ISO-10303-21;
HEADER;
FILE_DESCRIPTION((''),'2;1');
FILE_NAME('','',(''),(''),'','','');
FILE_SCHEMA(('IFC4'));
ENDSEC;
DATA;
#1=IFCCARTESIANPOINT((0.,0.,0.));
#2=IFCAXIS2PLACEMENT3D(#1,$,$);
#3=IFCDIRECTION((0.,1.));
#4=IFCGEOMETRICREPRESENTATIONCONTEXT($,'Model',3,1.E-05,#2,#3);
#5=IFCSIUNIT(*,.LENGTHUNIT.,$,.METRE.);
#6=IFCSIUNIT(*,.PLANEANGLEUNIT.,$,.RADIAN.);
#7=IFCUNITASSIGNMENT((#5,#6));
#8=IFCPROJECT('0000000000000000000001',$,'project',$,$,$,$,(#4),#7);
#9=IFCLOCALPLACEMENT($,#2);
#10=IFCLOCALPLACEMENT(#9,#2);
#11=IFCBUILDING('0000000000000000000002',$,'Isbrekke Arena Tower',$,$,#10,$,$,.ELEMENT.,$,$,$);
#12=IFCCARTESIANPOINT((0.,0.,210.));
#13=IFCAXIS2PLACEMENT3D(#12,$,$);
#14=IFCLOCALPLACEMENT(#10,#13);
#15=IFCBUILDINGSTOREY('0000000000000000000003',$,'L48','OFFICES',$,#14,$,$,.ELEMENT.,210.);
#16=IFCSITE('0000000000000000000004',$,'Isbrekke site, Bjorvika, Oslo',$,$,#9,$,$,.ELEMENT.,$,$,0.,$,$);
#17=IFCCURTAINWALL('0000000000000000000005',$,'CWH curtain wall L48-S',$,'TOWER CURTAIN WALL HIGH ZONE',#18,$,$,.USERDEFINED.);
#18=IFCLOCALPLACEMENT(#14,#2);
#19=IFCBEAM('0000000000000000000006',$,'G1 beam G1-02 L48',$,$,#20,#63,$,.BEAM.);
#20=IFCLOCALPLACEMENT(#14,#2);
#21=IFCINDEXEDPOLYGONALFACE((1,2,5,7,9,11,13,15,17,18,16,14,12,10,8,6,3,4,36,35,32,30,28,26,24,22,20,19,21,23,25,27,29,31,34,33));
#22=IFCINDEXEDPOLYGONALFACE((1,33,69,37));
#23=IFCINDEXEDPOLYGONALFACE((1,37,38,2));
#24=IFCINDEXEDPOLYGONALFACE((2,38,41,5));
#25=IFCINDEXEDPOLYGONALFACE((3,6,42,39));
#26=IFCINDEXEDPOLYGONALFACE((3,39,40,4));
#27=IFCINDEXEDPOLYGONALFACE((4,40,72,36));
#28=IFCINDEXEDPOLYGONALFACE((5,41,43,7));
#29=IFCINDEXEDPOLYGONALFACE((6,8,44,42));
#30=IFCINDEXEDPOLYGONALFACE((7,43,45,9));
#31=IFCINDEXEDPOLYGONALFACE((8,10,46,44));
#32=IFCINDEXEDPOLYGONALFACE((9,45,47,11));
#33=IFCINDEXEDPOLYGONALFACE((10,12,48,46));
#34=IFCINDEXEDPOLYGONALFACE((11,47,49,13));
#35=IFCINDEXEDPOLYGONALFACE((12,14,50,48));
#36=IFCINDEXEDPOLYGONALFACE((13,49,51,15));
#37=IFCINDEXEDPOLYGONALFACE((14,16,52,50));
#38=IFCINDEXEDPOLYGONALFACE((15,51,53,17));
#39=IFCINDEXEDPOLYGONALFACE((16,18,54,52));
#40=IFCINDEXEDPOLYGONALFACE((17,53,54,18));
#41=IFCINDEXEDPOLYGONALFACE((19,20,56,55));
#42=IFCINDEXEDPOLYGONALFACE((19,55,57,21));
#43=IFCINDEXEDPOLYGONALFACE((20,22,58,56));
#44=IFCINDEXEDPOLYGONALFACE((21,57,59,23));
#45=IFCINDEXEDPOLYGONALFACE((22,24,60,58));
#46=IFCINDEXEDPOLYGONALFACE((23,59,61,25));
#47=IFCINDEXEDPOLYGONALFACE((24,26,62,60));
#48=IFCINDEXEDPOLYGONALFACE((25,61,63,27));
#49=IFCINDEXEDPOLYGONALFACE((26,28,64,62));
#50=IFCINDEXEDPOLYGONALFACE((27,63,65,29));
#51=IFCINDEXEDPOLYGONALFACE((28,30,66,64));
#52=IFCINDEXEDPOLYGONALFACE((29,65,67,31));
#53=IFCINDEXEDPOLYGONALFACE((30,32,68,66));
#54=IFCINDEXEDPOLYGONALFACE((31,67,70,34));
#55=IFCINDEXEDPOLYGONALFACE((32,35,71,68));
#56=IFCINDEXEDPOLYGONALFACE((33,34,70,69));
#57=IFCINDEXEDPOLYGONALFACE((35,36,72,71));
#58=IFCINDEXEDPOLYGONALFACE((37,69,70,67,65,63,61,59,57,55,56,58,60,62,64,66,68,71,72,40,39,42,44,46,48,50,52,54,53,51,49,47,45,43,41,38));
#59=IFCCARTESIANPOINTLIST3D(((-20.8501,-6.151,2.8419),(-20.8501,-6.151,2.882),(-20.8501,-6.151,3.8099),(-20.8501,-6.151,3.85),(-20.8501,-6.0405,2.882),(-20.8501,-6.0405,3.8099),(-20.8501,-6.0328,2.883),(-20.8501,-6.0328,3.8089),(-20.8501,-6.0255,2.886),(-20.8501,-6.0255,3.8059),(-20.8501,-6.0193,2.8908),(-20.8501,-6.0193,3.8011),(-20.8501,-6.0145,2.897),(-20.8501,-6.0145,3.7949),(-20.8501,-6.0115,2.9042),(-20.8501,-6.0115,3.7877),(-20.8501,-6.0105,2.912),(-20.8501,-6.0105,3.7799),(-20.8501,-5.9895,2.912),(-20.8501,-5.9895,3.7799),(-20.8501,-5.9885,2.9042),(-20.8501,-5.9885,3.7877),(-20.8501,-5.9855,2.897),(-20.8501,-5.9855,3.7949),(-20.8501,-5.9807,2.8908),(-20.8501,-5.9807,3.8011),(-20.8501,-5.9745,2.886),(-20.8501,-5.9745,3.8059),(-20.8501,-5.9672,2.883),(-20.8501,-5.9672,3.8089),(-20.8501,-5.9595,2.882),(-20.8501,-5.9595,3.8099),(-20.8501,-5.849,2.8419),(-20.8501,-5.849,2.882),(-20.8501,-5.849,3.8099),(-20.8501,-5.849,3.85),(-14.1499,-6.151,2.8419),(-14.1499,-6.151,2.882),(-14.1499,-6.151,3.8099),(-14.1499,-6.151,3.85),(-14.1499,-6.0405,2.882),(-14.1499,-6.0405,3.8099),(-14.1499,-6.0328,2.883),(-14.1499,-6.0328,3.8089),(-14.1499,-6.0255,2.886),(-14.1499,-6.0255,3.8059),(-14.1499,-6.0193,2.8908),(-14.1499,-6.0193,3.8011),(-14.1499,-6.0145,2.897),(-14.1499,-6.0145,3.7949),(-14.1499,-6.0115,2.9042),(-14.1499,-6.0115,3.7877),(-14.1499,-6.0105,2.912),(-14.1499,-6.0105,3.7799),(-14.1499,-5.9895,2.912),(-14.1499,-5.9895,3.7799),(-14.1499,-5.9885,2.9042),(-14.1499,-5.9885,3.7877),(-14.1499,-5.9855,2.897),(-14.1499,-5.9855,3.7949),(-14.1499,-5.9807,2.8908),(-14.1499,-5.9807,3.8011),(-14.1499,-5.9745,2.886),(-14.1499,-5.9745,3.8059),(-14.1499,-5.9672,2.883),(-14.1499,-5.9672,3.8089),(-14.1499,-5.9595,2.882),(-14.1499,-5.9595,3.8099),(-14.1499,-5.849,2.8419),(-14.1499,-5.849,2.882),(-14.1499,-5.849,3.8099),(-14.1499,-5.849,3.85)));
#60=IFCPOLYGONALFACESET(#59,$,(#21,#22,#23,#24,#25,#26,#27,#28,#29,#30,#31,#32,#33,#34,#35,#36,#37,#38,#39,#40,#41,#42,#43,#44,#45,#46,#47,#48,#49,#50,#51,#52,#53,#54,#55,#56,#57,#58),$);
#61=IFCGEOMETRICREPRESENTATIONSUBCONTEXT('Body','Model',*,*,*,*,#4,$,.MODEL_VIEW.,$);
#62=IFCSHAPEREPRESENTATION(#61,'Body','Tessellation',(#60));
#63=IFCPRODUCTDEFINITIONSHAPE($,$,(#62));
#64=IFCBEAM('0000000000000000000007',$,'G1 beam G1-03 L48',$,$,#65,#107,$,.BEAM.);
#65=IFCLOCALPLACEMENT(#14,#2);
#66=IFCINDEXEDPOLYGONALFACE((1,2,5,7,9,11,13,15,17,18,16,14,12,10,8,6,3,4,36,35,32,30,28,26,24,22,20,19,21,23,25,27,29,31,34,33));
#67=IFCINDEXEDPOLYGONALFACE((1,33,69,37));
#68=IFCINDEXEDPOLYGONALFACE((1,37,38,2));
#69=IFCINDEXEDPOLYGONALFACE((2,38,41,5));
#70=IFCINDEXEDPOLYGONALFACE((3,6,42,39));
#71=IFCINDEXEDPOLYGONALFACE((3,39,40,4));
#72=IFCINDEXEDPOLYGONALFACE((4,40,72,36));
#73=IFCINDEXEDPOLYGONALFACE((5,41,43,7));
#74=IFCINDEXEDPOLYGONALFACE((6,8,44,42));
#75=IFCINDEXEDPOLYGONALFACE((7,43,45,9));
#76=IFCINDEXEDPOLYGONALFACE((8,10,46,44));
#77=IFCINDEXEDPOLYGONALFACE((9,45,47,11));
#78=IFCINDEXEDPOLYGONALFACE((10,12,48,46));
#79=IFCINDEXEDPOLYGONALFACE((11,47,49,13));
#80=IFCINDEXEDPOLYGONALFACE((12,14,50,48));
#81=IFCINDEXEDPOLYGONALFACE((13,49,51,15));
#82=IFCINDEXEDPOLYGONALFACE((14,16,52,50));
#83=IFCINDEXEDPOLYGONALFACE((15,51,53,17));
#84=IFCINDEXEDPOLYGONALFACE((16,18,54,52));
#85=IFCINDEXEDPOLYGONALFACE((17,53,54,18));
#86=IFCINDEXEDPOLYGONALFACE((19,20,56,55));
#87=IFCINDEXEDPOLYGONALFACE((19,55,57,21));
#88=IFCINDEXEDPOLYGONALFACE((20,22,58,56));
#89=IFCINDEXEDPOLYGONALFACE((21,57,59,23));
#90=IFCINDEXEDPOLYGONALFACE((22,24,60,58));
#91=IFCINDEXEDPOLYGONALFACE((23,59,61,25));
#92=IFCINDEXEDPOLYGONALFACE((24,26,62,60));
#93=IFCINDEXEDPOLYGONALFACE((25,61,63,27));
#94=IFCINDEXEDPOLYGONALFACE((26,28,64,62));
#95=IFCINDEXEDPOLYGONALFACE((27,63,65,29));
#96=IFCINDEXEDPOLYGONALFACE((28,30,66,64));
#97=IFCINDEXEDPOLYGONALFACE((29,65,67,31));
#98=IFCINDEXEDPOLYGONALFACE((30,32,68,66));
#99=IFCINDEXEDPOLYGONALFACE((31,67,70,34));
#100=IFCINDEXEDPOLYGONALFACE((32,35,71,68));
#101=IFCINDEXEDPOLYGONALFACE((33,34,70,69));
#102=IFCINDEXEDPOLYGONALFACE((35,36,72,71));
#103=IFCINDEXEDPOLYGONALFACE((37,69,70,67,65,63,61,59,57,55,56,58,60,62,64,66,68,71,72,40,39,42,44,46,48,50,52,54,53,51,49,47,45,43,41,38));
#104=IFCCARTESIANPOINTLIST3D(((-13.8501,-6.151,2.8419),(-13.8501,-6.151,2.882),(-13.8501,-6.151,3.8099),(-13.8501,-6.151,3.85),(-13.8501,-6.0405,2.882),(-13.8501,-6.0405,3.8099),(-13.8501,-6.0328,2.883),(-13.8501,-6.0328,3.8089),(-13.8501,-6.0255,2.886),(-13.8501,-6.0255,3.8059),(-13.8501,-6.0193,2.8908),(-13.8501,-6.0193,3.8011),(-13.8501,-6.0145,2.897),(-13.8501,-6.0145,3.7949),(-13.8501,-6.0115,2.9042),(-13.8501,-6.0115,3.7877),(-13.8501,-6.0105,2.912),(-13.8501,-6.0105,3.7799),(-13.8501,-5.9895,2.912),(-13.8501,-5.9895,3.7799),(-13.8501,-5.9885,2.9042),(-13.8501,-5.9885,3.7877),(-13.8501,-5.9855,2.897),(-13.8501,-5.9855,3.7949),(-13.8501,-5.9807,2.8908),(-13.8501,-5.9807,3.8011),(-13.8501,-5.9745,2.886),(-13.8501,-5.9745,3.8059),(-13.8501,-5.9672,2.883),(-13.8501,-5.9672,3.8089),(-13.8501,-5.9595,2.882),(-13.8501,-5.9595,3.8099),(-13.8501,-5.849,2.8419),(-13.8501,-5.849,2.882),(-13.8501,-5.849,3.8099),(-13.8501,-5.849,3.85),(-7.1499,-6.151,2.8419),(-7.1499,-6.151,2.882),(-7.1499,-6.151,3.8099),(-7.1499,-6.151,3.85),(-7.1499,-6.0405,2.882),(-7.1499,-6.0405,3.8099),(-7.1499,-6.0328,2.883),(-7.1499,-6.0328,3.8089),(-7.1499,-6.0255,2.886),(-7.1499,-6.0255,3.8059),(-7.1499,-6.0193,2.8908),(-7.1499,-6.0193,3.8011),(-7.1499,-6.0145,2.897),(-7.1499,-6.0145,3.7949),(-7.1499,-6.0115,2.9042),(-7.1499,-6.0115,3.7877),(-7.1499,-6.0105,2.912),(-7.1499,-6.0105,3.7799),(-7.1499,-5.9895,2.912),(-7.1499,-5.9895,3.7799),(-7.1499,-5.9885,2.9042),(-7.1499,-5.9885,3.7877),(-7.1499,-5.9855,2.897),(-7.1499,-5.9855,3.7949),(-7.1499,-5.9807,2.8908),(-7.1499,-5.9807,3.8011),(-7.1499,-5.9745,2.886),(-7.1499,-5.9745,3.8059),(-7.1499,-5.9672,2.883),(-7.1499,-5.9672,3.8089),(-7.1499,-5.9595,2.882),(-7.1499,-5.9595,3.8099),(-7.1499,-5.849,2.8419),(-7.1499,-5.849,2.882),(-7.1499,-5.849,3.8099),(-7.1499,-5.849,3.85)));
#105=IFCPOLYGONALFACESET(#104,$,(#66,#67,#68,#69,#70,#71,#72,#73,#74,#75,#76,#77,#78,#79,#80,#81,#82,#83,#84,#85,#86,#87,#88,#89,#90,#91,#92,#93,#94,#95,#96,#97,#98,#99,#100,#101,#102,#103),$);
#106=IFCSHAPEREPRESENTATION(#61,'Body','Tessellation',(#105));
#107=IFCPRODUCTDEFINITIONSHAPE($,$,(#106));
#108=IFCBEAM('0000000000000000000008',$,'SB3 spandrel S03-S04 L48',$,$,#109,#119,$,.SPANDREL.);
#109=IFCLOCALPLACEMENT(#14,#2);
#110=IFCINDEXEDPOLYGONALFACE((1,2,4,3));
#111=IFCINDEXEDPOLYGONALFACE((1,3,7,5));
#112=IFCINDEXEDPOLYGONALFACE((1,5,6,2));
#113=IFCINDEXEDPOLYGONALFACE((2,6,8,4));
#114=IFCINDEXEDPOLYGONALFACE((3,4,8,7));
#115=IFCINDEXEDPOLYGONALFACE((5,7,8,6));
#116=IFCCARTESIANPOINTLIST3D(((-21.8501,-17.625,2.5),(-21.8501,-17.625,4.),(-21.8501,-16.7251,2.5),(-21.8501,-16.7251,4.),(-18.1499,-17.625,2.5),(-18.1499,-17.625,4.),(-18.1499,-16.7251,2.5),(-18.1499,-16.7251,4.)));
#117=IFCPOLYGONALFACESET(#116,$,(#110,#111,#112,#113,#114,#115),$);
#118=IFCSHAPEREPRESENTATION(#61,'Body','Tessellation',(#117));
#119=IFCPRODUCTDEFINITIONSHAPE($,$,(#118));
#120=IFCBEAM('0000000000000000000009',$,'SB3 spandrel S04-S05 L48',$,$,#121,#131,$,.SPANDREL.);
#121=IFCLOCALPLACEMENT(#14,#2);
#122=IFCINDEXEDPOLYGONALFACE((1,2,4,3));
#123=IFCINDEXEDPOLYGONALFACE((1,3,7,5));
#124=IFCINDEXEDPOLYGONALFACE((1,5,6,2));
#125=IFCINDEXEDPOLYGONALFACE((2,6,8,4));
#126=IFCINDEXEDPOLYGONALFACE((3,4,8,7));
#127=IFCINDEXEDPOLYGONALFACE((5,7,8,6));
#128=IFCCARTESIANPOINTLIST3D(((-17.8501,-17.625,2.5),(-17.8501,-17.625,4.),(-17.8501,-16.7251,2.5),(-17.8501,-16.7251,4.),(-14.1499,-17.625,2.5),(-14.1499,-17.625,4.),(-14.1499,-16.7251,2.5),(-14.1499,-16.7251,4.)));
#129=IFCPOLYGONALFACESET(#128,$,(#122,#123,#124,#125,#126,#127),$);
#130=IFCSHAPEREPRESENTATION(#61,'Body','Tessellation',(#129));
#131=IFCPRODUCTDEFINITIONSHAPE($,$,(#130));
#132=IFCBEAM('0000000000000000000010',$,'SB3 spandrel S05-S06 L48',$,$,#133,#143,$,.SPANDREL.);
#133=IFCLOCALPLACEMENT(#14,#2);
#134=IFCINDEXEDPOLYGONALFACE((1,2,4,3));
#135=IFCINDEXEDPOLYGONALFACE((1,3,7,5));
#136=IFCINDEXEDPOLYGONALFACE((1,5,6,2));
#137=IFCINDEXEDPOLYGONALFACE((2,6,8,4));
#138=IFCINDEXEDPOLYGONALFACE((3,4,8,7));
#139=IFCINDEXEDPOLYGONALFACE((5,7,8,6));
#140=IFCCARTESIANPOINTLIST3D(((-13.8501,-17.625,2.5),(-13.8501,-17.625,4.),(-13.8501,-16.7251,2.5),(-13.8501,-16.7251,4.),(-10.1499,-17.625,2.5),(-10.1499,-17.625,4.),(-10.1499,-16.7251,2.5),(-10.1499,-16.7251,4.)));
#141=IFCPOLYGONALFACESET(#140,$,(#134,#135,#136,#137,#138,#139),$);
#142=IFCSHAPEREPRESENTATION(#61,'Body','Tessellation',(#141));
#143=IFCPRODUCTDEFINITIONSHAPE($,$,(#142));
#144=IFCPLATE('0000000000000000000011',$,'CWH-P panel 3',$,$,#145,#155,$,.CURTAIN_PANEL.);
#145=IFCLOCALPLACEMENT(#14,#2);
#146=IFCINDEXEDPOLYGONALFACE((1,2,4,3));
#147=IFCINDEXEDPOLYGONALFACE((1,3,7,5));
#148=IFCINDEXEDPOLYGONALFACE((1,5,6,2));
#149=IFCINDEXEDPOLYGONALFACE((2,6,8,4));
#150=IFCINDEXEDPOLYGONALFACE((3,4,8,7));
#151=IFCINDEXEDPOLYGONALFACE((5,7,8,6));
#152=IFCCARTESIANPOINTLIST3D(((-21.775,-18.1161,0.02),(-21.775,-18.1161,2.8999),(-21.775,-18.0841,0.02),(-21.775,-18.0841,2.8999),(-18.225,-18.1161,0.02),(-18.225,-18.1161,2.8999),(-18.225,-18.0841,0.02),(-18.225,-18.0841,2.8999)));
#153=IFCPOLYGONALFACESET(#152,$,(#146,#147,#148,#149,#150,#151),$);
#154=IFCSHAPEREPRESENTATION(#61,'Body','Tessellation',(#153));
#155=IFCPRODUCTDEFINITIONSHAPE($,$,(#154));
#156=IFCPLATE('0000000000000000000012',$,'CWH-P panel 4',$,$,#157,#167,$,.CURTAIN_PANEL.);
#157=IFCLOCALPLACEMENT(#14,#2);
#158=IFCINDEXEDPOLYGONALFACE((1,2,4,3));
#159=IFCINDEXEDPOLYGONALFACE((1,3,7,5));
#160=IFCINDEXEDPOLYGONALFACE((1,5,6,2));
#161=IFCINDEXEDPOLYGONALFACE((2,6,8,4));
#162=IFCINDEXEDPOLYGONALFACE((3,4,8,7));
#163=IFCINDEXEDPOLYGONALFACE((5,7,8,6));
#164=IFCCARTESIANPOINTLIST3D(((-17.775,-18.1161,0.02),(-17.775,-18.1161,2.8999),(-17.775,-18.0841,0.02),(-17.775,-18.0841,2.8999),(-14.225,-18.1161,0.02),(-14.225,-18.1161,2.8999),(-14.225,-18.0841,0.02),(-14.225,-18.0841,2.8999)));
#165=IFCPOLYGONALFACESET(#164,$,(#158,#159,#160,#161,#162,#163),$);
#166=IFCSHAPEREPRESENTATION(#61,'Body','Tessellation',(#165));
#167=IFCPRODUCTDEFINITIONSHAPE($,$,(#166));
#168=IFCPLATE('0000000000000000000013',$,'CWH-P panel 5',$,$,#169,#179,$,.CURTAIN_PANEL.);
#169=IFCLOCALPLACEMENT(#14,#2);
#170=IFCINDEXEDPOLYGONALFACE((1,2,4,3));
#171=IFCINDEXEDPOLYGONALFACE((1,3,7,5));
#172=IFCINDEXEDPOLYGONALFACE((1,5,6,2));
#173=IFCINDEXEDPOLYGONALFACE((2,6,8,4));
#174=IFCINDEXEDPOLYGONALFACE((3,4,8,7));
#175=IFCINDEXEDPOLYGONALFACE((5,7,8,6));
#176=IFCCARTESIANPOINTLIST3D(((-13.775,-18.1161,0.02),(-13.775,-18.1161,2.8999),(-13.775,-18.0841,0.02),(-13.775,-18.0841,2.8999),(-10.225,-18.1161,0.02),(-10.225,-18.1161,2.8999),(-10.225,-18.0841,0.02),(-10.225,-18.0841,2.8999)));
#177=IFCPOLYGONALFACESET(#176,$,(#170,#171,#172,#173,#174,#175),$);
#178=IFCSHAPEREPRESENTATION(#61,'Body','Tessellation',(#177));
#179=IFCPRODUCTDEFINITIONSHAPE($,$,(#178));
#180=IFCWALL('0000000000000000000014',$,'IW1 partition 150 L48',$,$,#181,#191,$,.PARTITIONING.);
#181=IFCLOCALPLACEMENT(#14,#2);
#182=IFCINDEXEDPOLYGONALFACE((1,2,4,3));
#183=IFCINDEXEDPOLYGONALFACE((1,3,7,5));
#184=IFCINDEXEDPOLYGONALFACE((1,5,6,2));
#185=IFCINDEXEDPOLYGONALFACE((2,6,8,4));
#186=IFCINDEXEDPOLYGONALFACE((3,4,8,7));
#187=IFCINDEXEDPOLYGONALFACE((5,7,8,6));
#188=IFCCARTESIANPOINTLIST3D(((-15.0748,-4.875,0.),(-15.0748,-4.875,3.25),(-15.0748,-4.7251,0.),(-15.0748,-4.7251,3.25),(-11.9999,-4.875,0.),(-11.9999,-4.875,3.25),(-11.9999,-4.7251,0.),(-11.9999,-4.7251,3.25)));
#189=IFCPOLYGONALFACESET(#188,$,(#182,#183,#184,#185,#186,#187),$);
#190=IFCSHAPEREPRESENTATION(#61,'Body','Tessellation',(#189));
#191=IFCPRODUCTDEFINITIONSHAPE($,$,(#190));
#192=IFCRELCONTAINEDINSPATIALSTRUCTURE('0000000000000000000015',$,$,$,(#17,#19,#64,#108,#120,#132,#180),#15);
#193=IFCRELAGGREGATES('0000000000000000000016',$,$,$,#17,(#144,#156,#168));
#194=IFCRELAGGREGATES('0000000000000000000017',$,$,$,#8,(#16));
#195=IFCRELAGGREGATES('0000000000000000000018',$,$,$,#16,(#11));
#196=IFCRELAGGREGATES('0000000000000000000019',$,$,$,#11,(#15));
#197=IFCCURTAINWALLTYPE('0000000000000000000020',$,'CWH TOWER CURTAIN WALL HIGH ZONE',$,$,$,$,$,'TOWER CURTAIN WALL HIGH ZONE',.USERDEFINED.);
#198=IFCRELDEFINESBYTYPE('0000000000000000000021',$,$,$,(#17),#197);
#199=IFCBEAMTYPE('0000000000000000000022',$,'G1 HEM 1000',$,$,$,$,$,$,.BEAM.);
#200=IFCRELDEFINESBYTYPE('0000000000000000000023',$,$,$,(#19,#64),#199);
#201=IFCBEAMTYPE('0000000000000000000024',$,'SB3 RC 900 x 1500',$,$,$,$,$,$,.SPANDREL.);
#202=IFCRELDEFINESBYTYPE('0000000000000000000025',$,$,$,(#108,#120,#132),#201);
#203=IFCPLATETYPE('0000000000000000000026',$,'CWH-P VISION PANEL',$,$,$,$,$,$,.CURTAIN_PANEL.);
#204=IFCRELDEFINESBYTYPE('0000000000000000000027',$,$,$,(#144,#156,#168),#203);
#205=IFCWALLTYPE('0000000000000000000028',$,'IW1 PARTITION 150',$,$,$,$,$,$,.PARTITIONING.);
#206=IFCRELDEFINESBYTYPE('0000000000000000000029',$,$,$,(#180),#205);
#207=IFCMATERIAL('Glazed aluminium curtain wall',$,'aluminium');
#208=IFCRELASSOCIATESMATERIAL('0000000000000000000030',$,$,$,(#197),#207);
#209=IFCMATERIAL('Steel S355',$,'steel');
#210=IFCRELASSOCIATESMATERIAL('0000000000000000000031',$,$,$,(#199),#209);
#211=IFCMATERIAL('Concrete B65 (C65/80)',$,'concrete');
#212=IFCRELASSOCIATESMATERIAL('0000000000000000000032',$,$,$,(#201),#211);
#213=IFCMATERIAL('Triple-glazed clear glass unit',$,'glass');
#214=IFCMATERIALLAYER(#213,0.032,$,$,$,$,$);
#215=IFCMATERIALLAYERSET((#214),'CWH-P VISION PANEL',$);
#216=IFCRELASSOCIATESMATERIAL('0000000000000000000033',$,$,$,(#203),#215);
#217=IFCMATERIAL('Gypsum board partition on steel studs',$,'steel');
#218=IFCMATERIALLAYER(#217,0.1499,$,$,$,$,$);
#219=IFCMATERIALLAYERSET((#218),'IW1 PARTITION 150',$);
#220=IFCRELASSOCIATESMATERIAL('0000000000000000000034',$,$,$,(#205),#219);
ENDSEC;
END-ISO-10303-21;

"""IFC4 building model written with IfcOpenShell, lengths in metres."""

from ifc_helpers import new_model, si_unit, direction, frame, frame_2d, origin, origin_2d, place, context, subcontext, project, spatial, rectangle, i_section, extrude, material, layer, layer_set, material_profile, profile_set, type_object, element, aggregate, save


model = new_model("IFC4")

# Units and contexts
model_context = context("Model", 3, precision=1e-05, world=origin(), true_north=direction((0.0, 1.0)))
body_context = subcontext(model_context, "Body", "Model", "MODEL_VIEW")
ifc_project = project(units=[si_unit("LENGTHUNIT", "METRE"), si_unit("PLANEANGLEUNIT", "RADIAN")], contexts=[model_context])

# Site, building, storey
site_placement = place(None, origin())
site = spatial("IfcSite", under=ifc_project, at=site_placement, Name="Isbrekke site, Bjorvika, Oslo", CompositionType="ELEMENT", RefElevation=0.0)
building_placement = place(site_placement, origin())
building = spatial("IfcBuilding", under=site, at=building_placement, Name="Isbrekke Arena Tower", CompositionType="ELEMENT")
storey_placement = place(building_placement, frame((0.0, 0.0, 210.0)))
storey = spatial("IfcBuildingStorey", under=building, at=storey_placement, Name="L48", Description="OFFICES", CompositionType="ELEMENT", Elevation=210.0)

# Curtain wall
ifc_material_1 = material(Name="Glazed aluminium curtain wall", Category="aluminium")
curtain_wall_type = type_object("IfcCurtainWallType", Name="CWH TOWER CURTAIN WALL HIGH ZONE", ElementType="TOWER CURTAIN WALL HIGH ZONE", PredefinedType="USERDEFINED", material=ifc_material_1)
curtain_wall_placement = place(storey_placement, origin())
curtain_wall = element("IfcCurtainWall", 1, at=curtain_wall_placement, inside=storey, type_object=curtain_wall_type, Name="CWH curtain wall L48-S", ObjectType="TOWER CURTAIN WALL HIGH ZONE", PredefinedType="USERDEFINED")

# Beams
ifc_material_2 = material(Name="Steel S355", Category="steel")
ifc_material_profile_1 = material_profile(ifc_material_2, i_section(OverallWidth=0.302, OverallDepth=1.0081, WebThickness=0.021, FlangeThickness=0.04, FilletRadius=0.03, at=origin_2d()), Name="HEM 1000")
ifc_profile_set_1 = profile_set([ifc_material_profile_1], Name="Steel S355")
beam_type_1 = type_object("IfcBeamType", Name="G1 HEM 1000", PredefinedType="BEAM", material=ifc_profile_set_1)
for number, where, z_axis, x_axis, name in (
    (2, (-20.8501, -6.0, 3.3459), (1.0, 0.0, 0.0), (0.0, 1.0, 0.0), "G1 beam G1-02 L48"),
    (3, (-13.8501, -6.0, 3.3459), (1.0, 0.0, 0.0), (0.0, 1.0, 0.0), "G1 beam G1-03 L48"),
):
    element("IfcBeam", number, at=place(storey_placement, frame(where, z_axis=z_axis, x_axis=x_axis)), inside=storey, type_object=beam_type_1, Name=name, PredefinedType="BEAM", context=body_context, shape_type="SweptSolid", body=[
        extrude(i_section(OverallWidth=0.302, OverallDepth=1.0081, WebThickness=0.021, FlangeThickness=0.04, FilletRadius=0.03, at=origin_2d()), origin(), (0.0, 0.0, 1.0), 6.7002),
    ])
ifc_material_3 = material(Name="Concrete B65 (C65/80)", Category="concrete")
ifc_material_profile_2 = material_profile(ifc_material_3, rectangle(XDim=0.8999, YDim=1.5, at=origin_2d()), Name="RC 900x1500")
ifc_profile_set_2 = profile_set([ifc_material_profile_2], Name="Concrete B65 (C65/80)")
beam_type_2 = type_object("IfcBeamType", Name="SB3 RC 900 x 1500", PredefinedType="SPANDREL", material=ifc_profile_set_2)
for number, where, z_axis, x_axis, name in (
    (4, (-21.8501, -17.175, 3.25), (1.0, 0.0, 0.0), (0.0, 1.0, 0.0), "SB3 spandrel S03-S04 L48"),
    (5, (-17.8501, -17.175, 3.25), (1.0, 0.0, 0.0), (0.0, 1.0, 0.0), "SB3 spandrel S04-S05 L48"),
    (6, (-13.8501, -17.175, 3.25), (1.0, 0.0, 0.0), (0.0, 1.0, 0.0), "SB3 spandrel S05-S06 L48"),
):
    element("IfcBeam", number, at=place(storey_placement, frame(where, z_axis=z_axis, x_axis=x_axis)), inside=storey, type_object=beam_type_2, Name=name, PredefinedType="SPANDREL", context=body_context, shape_type="SweptSolid", body=[
        extrude(rectangle(XDim=0.8999, YDim=1.5, at=origin_2d()), origin(), (0.0, 0.0, 1.0), 3.7002),
    ])

# Plates
ifc_material_4 = material(Name="Triple-glazed clear glass unit", Category="glass")
ifc_layer_1 = layer(ifc_material_4, 0.032)
ifc_layer_set_1 = layer_set([ifc_layer_1], Name="CWH-P VISION PANEL")
plate_type = type_object("IfcPlateType", Name="CWH-P VISION PANEL", PredefinedType="CURTAIN_PANEL", material=ifc_layer_set_1)
plate_1_placement = place(storey_placement, frame((-20.0, -18.1001, 0.02), z_axis=(0.0, 0.0, 1.0), x_axis=(1.0, 0.0, 0.0)))
plate_1 = element("IfcPlate", 7, at=plate_1_placement, type_object=plate_type, Name="CWH-P panel 3", PredefinedType="CURTAIN_PANEL", context=body_context, shape_type="SweptSolid", body=[
    extrude(rectangle(XDim=3.55, YDim=0.032, at=origin_2d()), origin(), (0.0, 0.0, 1.0), 2.8799),
])
plate_2_placement = place(storey_placement, frame((-16.0, -18.1001, 0.02), z_axis=(0.0, 0.0, 1.0), x_axis=(1.0, 0.0, 0.0)))
plate_2 = element("IfcPlate", 8, at=plate_2_placement, type_object=plate_type, Name="CWH-P panel 4", PredefinedType="CURTAIN_PANEL", context=body_context, shape_type="SweptSolid", body=[
    extrude(rectangle(XDim=3.55, YDim=0.032, at=origin_2d()), origin(), (0.0, 0.0, 1.0), 2.8799),
])
plate_3_placement = place(storey_placement, frame((-12.0, -18.1001, 0.02), z_axis=(0.0, 0.0, 1.0), x_axis=(1.0, 0.0, 0.0)))
plate_3 = element("IfcPlate", 9, at=plate_3_placement, type_object=plate_type, Name="CWH-P panel 5", PredefinedType="CURTAIN_PANEL", context=body_context, shape_type="SweptSolid", body=[
    extrude(rectangle(XDim=3.55, YDim=0.032, at=origin_2d()), origin(), (0.0, 0.0, 1.0), 2.8799),
])
aggregate(curtain_wall, [plate_1, plate_2, plate_3])

# Wall
ifc_material_5 = material(Name="Gypsum board partition on steel studs", Category="steel")
ifc_layer_2 = layer(ifc_material_5, 0.1499)
ifc_layer_set_2 = layer_set([ifc_layer_2], Name="IW1 PARTITION 150")
wall_type_1 = type_object("IfcWallType", Name="IW1 PARTITION 150", PredefinedType="PARTITIONING", material=ifc_layer_set_2)
wall_1_placement = place(storey_placement, frame((-15.075, -4.8, 0.0), z_axis=(0.0, 0.0, 1.0), x_axis=(1.0, 0.0, 0.0)))
element("IfcWall", 10, at=wall_1_placement, inside=storey, type_object=wall_type_1, Name="IW1 partition 150 L48", PredefinedType="PARTITIONING", context=body_context, shape_type="SweptSolid", body=[
    extrude(rectangle(XDim=3.075, YDim=0.1499, at=frame_2d((1.5376, 0.0))), origin(), (0.0, 0.0, 1.0), 3.25),
])

save(model, "model.ifc")
